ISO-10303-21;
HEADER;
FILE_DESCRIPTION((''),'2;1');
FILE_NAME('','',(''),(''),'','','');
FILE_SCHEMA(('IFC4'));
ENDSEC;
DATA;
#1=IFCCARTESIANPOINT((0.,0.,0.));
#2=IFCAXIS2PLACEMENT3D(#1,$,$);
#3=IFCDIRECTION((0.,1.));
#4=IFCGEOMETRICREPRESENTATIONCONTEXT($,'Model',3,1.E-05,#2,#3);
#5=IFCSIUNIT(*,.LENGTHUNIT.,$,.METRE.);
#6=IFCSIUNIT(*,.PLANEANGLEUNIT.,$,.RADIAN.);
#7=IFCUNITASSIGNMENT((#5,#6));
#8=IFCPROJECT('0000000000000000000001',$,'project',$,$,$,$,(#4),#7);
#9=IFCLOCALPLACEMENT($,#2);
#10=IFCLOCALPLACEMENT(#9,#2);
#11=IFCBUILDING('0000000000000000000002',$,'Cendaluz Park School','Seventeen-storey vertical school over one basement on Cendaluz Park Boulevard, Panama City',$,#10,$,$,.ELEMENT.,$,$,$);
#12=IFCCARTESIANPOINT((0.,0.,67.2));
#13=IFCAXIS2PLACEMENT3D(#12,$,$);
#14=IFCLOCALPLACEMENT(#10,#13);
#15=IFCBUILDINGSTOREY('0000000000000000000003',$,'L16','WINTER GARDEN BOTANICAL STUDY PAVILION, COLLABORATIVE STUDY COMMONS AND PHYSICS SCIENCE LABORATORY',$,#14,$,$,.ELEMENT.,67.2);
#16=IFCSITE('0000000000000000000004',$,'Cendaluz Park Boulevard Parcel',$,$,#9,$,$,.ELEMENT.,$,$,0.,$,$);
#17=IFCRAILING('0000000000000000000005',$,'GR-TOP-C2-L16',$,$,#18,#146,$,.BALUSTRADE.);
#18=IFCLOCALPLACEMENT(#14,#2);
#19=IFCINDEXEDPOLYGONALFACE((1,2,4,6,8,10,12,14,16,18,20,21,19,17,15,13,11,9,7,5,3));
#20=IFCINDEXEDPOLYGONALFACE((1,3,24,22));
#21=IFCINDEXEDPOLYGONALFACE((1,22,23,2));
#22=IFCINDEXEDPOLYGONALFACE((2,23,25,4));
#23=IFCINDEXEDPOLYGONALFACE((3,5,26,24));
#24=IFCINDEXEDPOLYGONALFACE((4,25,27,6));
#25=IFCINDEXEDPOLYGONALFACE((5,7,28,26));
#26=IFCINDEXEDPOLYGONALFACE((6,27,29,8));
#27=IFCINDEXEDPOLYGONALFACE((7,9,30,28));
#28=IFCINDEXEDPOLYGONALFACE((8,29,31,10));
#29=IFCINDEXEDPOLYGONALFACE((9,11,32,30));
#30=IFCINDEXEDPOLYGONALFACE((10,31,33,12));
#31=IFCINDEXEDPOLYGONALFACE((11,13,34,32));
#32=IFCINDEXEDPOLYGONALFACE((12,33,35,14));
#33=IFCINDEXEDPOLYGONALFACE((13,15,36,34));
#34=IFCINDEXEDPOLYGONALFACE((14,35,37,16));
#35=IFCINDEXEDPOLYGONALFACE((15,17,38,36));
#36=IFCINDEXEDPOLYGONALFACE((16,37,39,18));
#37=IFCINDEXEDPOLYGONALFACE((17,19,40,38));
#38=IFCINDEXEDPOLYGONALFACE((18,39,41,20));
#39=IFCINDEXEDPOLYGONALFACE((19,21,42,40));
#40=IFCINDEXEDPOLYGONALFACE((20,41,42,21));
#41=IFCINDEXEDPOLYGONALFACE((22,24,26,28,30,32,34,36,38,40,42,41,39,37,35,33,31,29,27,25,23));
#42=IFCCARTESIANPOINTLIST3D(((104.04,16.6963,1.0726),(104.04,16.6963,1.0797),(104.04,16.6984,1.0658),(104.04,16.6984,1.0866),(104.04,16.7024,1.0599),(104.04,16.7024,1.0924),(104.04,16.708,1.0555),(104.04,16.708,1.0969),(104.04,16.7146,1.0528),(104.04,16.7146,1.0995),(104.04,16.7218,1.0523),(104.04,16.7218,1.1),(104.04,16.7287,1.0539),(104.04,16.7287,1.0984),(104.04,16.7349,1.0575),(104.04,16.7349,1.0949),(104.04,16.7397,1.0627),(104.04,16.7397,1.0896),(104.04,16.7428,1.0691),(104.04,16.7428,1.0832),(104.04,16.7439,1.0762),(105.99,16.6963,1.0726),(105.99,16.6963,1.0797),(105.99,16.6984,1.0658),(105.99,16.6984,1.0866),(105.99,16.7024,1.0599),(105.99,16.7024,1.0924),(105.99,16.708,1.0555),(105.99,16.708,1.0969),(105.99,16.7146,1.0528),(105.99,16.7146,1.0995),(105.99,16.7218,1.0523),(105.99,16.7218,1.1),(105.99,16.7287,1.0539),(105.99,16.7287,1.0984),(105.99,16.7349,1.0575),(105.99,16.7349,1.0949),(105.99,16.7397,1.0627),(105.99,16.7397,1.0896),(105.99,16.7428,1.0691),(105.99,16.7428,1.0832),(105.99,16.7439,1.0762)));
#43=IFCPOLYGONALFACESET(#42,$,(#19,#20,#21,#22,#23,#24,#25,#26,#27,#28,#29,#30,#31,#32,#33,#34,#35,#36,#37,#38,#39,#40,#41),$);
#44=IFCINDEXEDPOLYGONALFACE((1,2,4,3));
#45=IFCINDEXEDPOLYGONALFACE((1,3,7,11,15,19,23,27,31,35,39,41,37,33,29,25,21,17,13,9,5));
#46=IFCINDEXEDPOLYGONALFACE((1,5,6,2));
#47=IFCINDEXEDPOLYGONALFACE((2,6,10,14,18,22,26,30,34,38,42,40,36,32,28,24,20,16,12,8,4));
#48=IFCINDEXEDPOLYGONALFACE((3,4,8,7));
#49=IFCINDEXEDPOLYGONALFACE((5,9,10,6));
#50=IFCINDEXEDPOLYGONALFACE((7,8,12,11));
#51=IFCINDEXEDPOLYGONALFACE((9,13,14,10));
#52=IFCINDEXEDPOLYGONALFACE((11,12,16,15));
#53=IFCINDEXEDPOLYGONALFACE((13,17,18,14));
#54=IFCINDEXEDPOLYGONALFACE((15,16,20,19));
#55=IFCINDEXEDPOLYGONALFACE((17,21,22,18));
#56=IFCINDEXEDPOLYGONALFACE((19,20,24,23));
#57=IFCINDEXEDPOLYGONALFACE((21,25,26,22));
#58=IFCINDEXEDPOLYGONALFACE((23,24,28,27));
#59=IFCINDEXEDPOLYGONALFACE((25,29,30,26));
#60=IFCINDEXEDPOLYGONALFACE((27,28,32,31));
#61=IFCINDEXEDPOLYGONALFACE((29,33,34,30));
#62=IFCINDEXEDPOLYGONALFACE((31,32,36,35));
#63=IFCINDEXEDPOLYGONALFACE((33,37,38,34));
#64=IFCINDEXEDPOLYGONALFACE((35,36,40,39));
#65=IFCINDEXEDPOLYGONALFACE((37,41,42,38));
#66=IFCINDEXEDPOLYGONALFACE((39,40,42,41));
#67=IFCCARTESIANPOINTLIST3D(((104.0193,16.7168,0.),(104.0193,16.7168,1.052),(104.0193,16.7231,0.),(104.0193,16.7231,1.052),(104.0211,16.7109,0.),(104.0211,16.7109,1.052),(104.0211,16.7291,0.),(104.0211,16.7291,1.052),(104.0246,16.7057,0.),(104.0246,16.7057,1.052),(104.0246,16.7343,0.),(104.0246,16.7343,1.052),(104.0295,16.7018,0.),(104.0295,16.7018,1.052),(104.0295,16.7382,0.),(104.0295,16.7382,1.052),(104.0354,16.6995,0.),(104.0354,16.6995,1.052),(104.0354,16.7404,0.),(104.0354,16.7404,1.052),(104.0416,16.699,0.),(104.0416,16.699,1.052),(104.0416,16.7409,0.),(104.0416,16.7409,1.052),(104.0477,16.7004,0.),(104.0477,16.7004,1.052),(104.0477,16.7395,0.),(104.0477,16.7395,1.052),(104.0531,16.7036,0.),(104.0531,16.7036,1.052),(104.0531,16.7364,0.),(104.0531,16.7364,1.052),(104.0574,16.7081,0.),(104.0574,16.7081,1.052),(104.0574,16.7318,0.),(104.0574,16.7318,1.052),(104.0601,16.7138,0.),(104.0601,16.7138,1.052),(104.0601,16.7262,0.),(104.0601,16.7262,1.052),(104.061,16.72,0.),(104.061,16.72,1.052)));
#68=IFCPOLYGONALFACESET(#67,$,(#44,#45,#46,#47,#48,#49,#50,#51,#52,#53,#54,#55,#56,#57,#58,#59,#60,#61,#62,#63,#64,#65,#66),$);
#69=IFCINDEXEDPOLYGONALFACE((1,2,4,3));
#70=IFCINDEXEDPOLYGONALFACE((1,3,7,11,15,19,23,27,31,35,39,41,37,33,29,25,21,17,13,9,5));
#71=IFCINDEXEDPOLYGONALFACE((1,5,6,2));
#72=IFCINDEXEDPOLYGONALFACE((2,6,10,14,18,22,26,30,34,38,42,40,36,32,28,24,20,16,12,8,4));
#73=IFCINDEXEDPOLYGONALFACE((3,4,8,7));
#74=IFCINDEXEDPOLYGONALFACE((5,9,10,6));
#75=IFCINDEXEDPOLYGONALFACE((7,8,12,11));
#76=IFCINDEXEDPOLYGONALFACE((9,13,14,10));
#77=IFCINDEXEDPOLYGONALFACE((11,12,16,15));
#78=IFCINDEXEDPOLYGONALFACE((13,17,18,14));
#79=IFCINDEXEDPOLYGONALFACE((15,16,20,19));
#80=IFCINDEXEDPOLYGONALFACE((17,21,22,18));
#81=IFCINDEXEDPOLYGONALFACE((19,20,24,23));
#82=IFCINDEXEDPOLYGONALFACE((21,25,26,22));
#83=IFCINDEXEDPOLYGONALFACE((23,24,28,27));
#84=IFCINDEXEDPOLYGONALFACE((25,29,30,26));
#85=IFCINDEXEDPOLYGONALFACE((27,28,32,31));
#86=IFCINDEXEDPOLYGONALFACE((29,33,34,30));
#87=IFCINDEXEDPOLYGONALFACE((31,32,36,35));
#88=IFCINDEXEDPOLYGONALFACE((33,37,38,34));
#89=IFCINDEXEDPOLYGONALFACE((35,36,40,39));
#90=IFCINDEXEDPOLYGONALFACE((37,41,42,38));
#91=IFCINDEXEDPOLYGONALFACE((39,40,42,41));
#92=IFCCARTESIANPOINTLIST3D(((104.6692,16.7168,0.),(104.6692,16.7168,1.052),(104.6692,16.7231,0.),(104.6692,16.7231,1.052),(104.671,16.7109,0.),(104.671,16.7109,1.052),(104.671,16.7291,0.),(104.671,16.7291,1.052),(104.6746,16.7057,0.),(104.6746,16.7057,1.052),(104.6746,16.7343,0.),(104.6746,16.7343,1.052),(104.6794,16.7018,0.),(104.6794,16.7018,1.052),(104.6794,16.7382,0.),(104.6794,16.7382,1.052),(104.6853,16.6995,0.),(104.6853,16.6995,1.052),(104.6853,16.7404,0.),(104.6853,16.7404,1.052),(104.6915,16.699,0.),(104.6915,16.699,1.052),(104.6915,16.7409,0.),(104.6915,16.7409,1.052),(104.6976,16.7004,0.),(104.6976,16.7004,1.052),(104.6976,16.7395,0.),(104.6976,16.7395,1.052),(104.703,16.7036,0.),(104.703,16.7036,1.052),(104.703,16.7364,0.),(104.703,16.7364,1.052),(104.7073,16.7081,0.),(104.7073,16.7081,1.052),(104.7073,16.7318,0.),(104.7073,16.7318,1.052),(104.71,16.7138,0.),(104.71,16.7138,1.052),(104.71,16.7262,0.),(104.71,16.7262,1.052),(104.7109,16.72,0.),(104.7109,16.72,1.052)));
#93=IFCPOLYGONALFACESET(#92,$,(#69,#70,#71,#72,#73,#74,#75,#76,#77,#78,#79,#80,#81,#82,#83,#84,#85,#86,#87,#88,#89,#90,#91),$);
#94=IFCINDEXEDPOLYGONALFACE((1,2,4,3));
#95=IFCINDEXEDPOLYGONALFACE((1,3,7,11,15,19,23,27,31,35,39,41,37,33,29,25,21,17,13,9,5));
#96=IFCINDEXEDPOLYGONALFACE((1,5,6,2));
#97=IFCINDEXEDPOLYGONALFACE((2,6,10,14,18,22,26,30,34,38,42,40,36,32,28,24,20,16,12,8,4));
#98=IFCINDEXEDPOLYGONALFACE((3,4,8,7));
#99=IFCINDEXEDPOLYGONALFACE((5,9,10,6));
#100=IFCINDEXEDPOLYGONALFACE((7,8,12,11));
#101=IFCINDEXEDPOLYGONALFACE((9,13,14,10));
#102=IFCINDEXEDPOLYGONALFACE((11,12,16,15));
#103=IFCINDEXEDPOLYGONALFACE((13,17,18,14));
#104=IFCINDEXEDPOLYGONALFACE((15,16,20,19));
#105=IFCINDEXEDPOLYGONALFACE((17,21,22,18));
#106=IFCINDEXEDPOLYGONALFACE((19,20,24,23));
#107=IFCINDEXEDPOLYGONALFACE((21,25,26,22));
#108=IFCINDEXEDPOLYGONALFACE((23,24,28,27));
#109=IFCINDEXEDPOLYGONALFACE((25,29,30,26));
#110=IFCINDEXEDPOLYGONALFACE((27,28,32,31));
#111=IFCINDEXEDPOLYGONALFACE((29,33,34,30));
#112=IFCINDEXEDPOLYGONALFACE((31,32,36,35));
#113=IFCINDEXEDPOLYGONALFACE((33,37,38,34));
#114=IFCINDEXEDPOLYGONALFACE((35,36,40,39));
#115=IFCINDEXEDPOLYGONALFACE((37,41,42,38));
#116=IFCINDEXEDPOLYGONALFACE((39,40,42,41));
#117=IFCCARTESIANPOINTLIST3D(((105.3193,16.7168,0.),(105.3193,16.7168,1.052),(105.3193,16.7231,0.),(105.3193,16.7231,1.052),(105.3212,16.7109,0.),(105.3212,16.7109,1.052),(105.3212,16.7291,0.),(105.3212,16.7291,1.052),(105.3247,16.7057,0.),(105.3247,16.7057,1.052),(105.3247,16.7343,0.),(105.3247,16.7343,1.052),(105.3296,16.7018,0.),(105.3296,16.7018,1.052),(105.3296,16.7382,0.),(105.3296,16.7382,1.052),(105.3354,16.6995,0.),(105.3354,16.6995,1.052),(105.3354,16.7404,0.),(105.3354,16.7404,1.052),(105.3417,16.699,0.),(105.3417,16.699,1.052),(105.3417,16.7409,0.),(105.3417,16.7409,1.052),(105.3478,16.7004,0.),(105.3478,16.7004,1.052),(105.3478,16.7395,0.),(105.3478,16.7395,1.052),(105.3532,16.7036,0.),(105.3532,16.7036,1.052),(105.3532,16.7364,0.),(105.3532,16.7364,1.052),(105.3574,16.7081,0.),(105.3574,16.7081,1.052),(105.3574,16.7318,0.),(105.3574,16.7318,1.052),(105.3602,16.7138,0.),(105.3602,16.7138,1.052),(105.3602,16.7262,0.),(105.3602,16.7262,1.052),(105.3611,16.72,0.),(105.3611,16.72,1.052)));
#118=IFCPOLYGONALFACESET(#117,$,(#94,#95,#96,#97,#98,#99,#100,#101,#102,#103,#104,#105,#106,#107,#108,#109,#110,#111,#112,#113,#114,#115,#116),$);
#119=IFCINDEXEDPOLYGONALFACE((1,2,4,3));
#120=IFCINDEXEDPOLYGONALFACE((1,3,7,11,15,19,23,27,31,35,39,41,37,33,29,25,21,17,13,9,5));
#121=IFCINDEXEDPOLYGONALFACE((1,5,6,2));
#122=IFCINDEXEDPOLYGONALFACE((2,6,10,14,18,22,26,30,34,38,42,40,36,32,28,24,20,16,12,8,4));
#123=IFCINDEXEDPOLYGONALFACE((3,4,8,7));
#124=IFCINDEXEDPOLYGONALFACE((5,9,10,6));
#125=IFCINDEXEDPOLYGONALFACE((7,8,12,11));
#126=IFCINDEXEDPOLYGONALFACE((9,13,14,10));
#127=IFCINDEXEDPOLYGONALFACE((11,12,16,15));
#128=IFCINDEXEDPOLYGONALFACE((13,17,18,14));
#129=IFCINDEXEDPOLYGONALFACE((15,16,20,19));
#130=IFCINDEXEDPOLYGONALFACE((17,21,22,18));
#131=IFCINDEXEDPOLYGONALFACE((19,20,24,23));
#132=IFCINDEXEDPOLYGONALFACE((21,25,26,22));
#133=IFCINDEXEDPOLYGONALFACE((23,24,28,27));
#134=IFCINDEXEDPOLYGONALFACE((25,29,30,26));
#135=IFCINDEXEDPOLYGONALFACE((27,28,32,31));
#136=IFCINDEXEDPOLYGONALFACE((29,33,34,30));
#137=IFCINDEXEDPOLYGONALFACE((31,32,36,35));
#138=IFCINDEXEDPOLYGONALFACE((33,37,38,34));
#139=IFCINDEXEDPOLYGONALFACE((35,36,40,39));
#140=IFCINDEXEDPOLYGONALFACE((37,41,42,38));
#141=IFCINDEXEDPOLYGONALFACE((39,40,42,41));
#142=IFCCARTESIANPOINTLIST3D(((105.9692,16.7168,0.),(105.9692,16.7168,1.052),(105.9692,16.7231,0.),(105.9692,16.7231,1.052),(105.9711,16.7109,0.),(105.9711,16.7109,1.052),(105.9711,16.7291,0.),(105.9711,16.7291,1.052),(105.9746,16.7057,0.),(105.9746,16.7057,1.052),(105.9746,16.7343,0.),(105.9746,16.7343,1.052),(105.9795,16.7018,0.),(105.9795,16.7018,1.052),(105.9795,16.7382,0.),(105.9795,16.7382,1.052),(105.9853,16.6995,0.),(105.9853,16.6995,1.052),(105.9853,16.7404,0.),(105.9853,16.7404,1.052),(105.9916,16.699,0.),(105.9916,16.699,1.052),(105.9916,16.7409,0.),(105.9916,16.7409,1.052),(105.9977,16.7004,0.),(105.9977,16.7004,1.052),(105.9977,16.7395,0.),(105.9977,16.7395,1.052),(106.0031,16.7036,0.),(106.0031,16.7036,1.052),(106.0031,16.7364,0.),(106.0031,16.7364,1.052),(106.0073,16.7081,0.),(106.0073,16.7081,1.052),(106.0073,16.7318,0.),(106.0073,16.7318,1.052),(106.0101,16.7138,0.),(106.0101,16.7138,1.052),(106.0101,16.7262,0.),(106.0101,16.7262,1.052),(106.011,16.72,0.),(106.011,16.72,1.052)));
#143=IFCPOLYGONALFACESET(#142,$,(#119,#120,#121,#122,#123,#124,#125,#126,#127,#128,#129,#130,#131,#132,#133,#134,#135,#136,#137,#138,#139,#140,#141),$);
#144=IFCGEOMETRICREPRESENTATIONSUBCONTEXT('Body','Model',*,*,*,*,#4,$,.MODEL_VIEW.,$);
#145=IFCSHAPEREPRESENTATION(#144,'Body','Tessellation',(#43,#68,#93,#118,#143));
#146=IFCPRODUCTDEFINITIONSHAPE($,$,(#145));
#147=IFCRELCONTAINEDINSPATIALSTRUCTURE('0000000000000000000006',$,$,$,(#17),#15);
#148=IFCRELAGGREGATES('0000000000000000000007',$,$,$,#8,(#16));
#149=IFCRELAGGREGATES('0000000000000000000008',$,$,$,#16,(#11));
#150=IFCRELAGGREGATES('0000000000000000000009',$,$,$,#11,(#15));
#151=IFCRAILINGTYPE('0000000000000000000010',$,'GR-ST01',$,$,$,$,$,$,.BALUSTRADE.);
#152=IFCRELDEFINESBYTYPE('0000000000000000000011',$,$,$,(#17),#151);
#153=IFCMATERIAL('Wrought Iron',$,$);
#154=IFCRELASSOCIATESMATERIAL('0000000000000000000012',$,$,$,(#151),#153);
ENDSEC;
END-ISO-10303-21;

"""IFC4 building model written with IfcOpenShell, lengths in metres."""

from ifc_helpers import new_model, si_unit, direction, frame, origin, origin_2d, place, context, subcontext, project, spatial, circle, extrude, material, type_object, element, save


model = new_model("IFC4")

# Units and contexts
model_context = context("Model", 3, precision=1e-05, world=origin(), true_north=direction((0.0, 1.0)))
body_context = subcontext(model_context, "Body", "Model", "MODEL_VIEW")
ifc_project = project(units=[si_unit("LENGTHUNIT", "METRE"), si_unit("PLANEANGLEUNIT", "RADIAN")], contexts=[model_context])

# Site, building, storey
site_placement = place(None, origin())
site = spatial("IfcSite", under=ifc_project, at=site_placement, Name="Cendaluz Park Boulevard Parcel", CompositionType="ELEMENT", RefElevation=0.0)
building_placement = place(site_placement, origin())
building = spatial("IfcBuilding", under=site, at=building_placement, Name="Cendaluz Park School", Description="Seventeen-storey vertical school over one basement on Cendaluz Park Boulevard, Panama City", CompositionType="ELEMENT")
storey_placement = place(building_placement, frame((0.0, 0.0, 67.2)))
storey = spatial("IfcBuildingStorey", under=building, at=storey_placement, Name="L16", Description="WINTER GARDEN BOTANICAL STUDY PAVILION, COLLABORATIVE STUDY COMMONS AND PHYSICS SCIENCE LABORATORY", CompositionType="ELEMENT", Elevation=67.2)

# Railing
ifc_material_1 = material(Name="Wrought Iron")
railing_type = type_object("IfcRailingType", Name="GR-ST01", PredefinedType="BALUSTRADE", material=ifc_material_1)
railing_placement = place(storey_placement, frame((104.04, 16.72, 0.0)))
element("IfcRailing", 1, at=railing_placement, inside=storey, type_object=railing_type, Name="GR-TOP-C2-L16", PredefinedType="BALUSTRADE", context=body_context, shape_type="SweptSolid", body=[
    extrude(circle(Radius=0.0239, at=origin_2d()), frame((0.0, 0.0, 1.0762), z_axis=(1.0, 0.0, 0.0), x_axis=(0.0, 1.0, 0.0)), (0.0, 0.0, 1.0), 1.95),
    extrude(circle(Radius=0.021, at=origin_2d()), origin(), (0.0, 0.0, 1.0), 1.052),
    extrude(circle(Radius=0.021, at=origin_2d()), frame((0.6499, 0.0, 0.0)), (0.0, 0.0, 1.0), 1.052),
    extrude(circle(Radius=0.021, at=origin_2d()), frame((1.3, 0.0, 0.0)), (0.0, 0.0, 1.0), 1.052),
    extrude(circle(Radius=0.021, at=origin_2d()), frame((1.95, 0.0, 0.0)), (0.0, 0.0, 1.0), 1.052),
])

save(model, "model.ifc")
